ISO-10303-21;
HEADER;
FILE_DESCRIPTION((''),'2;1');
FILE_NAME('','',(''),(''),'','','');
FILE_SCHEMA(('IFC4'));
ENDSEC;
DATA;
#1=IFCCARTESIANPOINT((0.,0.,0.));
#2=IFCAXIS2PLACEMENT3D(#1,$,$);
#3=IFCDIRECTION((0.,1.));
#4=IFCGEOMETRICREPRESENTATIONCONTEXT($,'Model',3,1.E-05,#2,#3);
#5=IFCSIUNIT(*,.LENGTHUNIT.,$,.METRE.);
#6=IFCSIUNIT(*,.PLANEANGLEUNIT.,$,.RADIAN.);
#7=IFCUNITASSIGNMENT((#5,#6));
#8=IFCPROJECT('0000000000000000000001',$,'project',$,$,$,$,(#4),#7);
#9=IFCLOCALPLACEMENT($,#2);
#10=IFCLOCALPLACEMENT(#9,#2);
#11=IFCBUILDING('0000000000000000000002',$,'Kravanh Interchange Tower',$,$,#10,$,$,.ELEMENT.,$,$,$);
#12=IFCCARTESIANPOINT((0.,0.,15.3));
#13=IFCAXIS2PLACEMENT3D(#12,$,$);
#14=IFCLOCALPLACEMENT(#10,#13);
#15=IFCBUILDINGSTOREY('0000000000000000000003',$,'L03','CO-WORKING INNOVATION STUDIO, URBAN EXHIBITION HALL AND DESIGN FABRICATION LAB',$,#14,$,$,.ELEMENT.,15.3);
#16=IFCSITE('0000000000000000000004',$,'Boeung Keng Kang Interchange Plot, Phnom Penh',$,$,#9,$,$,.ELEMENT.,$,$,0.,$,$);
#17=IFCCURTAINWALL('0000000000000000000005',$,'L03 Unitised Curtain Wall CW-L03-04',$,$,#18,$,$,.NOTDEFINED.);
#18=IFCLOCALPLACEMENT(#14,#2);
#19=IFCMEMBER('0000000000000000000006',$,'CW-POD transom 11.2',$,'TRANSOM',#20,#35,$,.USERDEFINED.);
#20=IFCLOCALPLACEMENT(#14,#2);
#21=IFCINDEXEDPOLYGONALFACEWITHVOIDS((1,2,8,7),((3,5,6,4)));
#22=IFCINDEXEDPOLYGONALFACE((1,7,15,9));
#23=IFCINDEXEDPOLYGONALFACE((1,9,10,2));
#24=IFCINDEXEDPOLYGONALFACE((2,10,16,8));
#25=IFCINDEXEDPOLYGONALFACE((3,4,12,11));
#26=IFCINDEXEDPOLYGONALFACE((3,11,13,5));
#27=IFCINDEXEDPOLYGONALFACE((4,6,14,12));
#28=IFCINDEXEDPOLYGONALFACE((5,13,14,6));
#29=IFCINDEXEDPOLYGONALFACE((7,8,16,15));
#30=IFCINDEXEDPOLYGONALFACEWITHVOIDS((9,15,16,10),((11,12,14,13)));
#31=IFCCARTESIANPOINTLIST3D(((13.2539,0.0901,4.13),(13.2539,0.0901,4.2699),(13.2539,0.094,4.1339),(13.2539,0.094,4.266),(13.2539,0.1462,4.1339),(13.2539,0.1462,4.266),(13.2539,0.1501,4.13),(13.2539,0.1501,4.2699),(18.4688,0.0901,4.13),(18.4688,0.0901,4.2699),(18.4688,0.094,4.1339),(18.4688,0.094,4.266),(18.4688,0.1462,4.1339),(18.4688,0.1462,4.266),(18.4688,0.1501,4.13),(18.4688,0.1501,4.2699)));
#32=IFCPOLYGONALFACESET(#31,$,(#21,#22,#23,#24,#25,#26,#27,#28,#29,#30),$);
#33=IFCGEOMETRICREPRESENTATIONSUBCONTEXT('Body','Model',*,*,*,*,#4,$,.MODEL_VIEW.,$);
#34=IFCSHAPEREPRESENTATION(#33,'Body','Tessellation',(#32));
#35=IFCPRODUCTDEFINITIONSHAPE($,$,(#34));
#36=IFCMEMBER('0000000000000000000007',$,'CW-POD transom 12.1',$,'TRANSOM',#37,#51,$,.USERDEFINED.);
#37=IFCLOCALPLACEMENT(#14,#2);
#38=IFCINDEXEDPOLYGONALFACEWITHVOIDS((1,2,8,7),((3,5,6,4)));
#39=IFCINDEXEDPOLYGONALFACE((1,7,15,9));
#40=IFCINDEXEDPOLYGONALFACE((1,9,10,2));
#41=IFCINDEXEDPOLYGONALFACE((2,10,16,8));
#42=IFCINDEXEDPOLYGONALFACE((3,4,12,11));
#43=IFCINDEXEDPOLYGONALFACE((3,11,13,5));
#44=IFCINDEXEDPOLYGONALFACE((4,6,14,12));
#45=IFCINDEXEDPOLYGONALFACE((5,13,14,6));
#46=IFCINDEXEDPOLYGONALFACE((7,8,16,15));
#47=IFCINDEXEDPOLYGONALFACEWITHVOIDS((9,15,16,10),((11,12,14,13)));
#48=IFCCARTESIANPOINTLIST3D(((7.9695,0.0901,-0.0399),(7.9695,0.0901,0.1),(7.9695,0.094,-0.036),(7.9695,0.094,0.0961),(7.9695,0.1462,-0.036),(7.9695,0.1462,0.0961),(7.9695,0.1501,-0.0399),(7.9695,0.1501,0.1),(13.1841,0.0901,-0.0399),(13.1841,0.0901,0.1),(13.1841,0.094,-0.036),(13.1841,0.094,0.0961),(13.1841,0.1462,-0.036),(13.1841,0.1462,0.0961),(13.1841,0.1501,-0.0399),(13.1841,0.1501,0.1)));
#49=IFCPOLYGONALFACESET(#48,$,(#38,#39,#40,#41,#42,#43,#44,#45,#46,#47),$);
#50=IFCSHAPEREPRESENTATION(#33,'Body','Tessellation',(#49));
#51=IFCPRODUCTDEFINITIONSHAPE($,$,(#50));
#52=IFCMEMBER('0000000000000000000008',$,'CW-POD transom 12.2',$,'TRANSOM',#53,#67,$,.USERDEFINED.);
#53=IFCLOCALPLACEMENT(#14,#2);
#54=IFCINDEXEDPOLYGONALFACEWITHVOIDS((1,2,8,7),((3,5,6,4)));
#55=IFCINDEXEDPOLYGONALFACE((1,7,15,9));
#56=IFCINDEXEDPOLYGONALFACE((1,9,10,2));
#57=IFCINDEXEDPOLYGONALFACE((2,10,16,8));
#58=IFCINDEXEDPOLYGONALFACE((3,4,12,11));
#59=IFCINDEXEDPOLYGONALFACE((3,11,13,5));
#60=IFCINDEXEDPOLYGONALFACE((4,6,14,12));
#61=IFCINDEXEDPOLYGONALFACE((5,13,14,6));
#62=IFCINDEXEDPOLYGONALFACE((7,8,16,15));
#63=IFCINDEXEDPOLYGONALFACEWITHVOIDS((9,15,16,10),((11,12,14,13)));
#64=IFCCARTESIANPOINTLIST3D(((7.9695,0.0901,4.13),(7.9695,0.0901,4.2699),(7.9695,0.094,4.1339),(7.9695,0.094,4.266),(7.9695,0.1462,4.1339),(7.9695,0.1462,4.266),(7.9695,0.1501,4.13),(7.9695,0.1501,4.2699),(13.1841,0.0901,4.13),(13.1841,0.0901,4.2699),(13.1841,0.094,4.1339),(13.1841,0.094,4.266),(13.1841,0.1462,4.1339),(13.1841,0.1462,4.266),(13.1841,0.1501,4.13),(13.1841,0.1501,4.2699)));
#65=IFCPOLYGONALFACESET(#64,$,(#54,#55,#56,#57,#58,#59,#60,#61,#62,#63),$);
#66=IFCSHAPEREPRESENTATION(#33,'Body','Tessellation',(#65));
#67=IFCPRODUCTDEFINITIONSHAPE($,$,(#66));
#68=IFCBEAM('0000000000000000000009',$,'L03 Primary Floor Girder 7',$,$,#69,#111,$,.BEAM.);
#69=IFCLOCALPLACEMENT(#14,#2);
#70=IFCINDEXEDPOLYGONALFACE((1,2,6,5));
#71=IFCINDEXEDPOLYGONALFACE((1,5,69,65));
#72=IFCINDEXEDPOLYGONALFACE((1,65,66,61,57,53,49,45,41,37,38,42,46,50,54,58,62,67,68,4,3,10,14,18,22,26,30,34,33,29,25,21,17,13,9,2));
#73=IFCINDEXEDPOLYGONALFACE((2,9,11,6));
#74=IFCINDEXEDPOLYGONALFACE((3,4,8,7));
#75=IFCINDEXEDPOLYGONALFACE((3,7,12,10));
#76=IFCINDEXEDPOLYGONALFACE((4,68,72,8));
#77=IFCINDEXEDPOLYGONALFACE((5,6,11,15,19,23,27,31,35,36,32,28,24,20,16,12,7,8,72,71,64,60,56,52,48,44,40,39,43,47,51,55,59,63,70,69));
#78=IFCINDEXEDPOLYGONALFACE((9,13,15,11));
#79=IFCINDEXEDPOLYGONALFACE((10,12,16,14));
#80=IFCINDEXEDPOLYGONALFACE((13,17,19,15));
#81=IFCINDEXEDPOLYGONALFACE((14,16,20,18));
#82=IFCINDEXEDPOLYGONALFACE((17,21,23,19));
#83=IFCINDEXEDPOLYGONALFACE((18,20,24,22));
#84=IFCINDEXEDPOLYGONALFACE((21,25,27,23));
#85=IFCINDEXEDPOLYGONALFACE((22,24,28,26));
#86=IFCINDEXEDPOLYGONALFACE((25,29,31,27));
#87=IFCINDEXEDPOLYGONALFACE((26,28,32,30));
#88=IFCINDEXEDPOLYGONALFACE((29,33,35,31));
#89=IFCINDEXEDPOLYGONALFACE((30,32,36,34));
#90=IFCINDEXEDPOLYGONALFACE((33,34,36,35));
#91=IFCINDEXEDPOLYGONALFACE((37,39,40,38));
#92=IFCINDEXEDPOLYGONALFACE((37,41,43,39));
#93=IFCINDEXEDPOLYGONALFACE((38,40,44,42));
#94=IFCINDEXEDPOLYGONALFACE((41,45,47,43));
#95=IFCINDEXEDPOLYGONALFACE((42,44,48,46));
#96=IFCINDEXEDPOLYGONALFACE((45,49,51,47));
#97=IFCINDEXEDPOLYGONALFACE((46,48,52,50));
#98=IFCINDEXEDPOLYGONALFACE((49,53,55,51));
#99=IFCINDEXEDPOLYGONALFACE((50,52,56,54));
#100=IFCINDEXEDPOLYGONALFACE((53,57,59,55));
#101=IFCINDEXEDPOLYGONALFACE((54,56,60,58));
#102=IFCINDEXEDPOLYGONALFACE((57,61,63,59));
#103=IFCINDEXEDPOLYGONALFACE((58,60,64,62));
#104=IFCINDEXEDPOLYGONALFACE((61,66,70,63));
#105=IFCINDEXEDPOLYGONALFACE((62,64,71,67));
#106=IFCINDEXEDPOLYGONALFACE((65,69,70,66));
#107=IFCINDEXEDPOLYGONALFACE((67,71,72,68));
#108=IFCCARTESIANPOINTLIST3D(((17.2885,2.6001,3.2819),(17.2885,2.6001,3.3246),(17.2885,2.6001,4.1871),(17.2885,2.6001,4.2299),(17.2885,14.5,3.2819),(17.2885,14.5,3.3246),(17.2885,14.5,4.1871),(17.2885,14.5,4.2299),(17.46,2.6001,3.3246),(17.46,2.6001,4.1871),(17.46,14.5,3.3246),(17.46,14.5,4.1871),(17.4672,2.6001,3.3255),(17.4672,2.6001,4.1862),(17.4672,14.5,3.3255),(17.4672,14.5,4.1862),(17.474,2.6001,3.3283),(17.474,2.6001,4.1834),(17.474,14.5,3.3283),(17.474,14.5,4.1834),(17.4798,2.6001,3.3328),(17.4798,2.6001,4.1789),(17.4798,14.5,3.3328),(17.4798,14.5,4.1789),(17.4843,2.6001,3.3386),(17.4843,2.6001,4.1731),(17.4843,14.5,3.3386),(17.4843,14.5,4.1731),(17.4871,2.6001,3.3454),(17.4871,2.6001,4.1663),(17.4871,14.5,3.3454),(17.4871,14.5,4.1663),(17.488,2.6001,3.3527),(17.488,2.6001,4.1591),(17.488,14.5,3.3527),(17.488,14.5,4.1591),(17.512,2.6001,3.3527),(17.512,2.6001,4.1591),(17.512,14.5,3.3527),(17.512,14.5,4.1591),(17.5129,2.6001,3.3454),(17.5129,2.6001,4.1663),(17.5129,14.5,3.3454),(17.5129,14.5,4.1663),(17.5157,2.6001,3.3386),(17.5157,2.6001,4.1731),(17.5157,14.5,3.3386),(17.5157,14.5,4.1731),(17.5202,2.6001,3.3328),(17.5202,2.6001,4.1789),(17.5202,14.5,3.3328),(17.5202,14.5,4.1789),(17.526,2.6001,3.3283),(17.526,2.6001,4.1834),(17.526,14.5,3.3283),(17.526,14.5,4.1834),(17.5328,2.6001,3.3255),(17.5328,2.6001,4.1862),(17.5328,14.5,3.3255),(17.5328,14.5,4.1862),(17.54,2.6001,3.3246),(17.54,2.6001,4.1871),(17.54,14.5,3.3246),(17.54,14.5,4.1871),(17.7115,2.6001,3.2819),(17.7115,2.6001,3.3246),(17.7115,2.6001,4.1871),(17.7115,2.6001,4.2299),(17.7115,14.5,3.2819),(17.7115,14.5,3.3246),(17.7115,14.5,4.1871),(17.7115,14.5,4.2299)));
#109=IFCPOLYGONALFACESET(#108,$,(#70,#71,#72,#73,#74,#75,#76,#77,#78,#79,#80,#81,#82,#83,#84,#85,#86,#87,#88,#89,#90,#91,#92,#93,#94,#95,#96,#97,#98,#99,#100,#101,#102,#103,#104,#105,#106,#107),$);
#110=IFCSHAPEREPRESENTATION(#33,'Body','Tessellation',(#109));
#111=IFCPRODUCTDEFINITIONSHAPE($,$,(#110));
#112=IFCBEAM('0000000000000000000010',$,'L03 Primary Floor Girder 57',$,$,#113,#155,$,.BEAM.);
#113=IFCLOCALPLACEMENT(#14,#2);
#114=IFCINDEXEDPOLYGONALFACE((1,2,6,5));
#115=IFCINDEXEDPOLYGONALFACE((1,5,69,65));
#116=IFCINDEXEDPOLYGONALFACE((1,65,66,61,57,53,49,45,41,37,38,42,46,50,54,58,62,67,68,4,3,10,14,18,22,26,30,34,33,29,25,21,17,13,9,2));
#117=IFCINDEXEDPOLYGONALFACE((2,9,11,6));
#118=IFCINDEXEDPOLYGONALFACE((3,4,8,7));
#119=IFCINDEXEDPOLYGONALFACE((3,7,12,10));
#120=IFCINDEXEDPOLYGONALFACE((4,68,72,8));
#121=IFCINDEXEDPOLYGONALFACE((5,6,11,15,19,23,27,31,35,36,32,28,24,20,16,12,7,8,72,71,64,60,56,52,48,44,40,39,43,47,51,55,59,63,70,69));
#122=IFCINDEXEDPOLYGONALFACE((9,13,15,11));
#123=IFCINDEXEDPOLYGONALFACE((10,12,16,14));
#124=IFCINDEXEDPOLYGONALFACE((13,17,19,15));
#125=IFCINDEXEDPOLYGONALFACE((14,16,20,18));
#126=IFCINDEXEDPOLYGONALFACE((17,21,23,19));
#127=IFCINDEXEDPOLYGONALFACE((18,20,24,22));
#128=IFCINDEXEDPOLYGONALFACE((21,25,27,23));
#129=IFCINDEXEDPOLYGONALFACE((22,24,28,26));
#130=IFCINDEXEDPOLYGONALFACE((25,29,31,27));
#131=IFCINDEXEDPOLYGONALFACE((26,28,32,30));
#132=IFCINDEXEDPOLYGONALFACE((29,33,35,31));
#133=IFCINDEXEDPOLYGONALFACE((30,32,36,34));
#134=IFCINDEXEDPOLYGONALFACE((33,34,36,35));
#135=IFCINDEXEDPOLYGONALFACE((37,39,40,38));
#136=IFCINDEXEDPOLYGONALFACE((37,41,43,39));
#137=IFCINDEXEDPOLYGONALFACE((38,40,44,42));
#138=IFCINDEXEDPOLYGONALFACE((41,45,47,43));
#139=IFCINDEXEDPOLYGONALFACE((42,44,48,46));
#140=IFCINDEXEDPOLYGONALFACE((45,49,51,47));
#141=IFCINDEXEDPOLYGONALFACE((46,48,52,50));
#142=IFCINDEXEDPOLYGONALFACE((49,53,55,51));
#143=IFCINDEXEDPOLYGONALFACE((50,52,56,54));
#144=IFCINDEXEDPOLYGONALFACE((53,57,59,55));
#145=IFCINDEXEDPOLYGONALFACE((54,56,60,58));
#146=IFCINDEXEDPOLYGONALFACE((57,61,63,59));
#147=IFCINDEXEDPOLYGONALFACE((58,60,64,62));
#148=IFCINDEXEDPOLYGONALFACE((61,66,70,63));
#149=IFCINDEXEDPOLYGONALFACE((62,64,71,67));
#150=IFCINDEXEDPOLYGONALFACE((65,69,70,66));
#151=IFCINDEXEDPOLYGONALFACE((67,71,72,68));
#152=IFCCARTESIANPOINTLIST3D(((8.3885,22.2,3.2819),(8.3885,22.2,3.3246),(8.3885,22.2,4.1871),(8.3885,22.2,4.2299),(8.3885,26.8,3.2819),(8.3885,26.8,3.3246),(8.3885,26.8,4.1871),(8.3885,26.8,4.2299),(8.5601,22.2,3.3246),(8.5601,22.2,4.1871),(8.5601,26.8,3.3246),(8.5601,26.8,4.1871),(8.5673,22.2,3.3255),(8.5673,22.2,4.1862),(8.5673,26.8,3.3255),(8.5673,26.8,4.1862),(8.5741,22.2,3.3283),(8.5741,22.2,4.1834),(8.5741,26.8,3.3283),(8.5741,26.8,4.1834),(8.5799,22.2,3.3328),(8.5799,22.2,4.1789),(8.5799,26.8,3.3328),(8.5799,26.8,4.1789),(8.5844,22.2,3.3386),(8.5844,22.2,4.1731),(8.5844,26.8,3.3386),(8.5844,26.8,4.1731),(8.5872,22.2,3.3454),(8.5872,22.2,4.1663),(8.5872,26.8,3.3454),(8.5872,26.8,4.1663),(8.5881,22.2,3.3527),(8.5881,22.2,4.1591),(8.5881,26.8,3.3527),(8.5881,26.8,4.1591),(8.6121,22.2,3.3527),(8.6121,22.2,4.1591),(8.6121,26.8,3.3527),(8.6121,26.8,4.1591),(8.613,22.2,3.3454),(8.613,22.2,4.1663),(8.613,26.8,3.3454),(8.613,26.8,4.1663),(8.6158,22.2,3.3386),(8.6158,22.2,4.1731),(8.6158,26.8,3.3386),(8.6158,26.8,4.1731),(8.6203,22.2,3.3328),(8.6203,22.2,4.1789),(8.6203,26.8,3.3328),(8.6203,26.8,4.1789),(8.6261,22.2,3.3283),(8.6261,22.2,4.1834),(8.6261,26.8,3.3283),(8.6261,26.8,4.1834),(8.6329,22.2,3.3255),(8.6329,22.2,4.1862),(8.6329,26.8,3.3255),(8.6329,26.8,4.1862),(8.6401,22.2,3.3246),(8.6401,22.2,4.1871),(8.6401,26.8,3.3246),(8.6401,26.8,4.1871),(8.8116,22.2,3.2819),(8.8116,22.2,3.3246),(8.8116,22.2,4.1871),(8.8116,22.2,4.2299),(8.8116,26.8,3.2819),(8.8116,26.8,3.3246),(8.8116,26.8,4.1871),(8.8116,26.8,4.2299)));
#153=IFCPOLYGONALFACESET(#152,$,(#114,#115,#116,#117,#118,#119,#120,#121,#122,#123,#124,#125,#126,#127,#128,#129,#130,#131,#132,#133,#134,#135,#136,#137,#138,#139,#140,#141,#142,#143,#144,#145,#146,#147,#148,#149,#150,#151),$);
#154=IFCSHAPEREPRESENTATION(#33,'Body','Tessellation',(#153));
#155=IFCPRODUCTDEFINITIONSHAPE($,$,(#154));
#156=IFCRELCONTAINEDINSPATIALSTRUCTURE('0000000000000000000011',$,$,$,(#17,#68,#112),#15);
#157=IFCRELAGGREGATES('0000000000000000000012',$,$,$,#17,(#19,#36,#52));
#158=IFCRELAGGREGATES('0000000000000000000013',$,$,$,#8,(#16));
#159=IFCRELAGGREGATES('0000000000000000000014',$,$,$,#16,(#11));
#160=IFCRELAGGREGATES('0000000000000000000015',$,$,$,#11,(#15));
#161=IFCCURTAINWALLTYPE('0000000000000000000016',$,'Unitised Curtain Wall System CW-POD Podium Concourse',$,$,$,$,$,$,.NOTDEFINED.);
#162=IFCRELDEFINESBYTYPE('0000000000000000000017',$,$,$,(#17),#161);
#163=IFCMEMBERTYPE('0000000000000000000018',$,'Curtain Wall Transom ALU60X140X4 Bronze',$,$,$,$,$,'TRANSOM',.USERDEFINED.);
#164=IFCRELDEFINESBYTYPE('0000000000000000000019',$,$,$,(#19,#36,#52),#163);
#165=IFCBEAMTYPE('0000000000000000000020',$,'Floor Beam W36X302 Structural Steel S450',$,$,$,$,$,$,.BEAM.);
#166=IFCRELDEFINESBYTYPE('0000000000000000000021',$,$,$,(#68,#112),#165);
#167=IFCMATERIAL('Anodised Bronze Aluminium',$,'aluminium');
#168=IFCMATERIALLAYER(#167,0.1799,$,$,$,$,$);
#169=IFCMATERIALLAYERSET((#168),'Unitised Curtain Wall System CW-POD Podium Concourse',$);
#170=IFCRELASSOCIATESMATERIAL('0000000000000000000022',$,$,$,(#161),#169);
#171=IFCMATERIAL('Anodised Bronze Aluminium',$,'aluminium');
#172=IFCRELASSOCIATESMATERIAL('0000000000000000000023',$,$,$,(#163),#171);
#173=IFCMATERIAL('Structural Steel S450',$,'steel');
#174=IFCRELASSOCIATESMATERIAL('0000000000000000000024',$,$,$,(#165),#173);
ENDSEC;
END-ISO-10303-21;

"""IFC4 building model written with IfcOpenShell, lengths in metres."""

from ifc_helpers import new_model, si_unit, direction, frame, origin, origin_2d, place, context, subcontext, project, spatial, hollow_rectangle, i_section, extrude, material, layer, layer_set, material_profile, profile_set, type_object, element, aggregate, save


model = new_model("IFC4")

# Units and contexts
model_context = context("Model", 3, precision=1e-05, world=origin(), true_north=direction((0.0, 1.0)))
body_context = subcontext(model_context, "Body", "Model", "MODEL_VIEW")
ifc_project = project(units=[si_unit("LENGTHUNIT", "METRE"), si_unit("PLANEANGLEUNIT", "RADIAN")], contexts=[model_context])

# Site, building, storey
site_placement = place(None, origin())
site = spatial("IfcSite", under=ifc_project, at=site_placement, Name="Boeung Keng Kang Interchange Plot, Phnom Penh", CompositionType="ELEMENT", RefElevation=0.0)
building_placement = place(site_placement, origin())
building = spatial("IfcBuilding", under=site, at=building_placement, Name="Kravanh Interchange Tower", CompositionType="ELEMENT")
storey_placement = place(building_placement, frame((0.0, 0.0, 15.3)))
storey = spatial("IfcBuildingStorey", under=building, at=storey_placement, Name="L03", Description="CO-WORKING INNOVATION STUDIO, URBAN EXHIBITION HALL AND DESIGN FABRICATION LAB", CompositionType="ELEMENT", Elevation=15.3)

# Curtain wall, members
ifc_material_1 = material(Name="Anodised Bronze Aluminium", Category="aluminium")
ifc_layer_1 = layer(ifc_material_1, 0.1799)
ifc_layer_set_1 = layer_set([ifc_layer_1], Name="Unitised Curtain Wall System CW-POD Podium Concourse")
curtain_wall_type = type_object("IfcCurtainWallType", Name="Unitised Curtain Wall System CW-POD Podium Concourse", PredefinedType="NOTDEFINED", material=ifc_layer_set_1)
curtain_wall_placement = place(storey_placement, origin())
curtain_wall = element("IfcCurtainWall", 1, at=curtain_wall_placement, inside=storey, type_object=curtain_wall_type, Name="L03 Unitised Curtain Wall CW-L03-04", PredefinedType="NOTDEFINED")
ifc_material_2 = material(Name="Anodised Bronze Aluminium", Category="aluminium")
ifc_material_profile_1 = material_profile(ifc_material_2, hollow_rectangle(XDim=0.0601, YDim=0.1399, WallThickness=0.0039, at=origin_2d()), Name="ALU60X140X4")
ifc_profile_set_1 = profile_set([ifc_material_profile_1], Name="Anodised Bronze Aluminium")
member_type_1 = type_object("IfcMemberType", Name="Curtain Wall Transom ALU60X140X4 Bronze", ElementType="TRANSOM", PredefinedType="USERDEFINED", material=ifc_profile_set_1)
member_1_placement = place(storey_placement, frame((18.4688, 0.1201, 4.2), z_axis=(-1.0, 0.0, 0.0), x_axis=(0.0, -1.0, 0.0)))
member_1 = element("IfcMember", 2, at=member_1_placement, type_object=member_type_1, Name="CW-POD transom 11.2", ObjectType="TRANSOM", PredefinedType="USERDEFINED", context=body_context, shape_type="SweptSolid", body=[
    extrude(hollow_rectangle(XDim=0.0601, YDim=0.1399, WallThickness=0.0039, at=origin_2d()), origin(), (0.0, 0.0, 1.0), 5.2148),
])
member_2_placement = place(storey_placement, frame((13.1841, 0.1201, 0.03), z_axis=(-1.0, 0.0, 0.0), x_axis=(0.0, -1.0, 0.0)))
member_2 = element("IfcMember", 3, at=member_2_placement, type_object=member_type_1, Name="CW-POD transom 12.1", ObjectType="TRANSOM", PredefinedType="USERDEFINED", context=body_context, shape_type="SweptSolid", body=[
    extrude(hollow_rectangle(XDim=0.0601, YDim=0.1399, WallThickness=0.0039, at=origin_2d()), origin(), (0.0, 0.0, 1.0), 5.2146),
])
member_3_placement = place(storey_placement, frame((13.1841, 0.1201, 4.2), z_axis=(-1.0, 0.0, 0.0), x_axis=(0.0, -1.0, 0.0)))
member_3 = element("IfcMember", 4, at=member_3_placement, type_object=member_type_1, Name="CW-POD transom 12.2", ObjectType="TRANSOM", PredefinedType="USERDEFINED", context=body_context, shape_type="SweptSolid", body=[
    extrude(hollow_rectangle(XDim=0.0601, YDim=0.1399, WallThickness=0.0039, at=origin_2d()), origin(), (0.0, 0.0, 1.0), 5.2146),
])

# Beams
ifc_material_3 = material(Name="Structural Steel S450", Category="steel")
ifc_material_profile_2 = material_profile(ifc_material_3, i_section(OverallWidth=0.4231, OverallDepth=0.948, WebThickness=0.0239, FlangeThickness=0.0427, FilletRadius=0.0281, at=origin_2d()), Name="W36X302")
ifc_profile_set_2 = profile_set([ifc_material_profile_2], Name="Structural Steel S450")
beam_type_1 = type_object("IfcBeamType", Name="Floor Beam W36X302 Structural Steel S450", PredefinedType="BEAM", material=ifc_profile_set_2)
beam_1_placement = place(storey_placement, frame((17.5, 2.6001, 3.7559), z_axis=(0.0, 1.0, 0.0), x_axis=(-1.0, 0.0, 0.0)))
element("IfcBeam", 5, at=beam_1_placement, inside=storey, type_object=beam_type_1, Name="L03 Primary Floor Girder 7", PredefinedType="BEAM", context=body_context, shape_type="SweptSolid", body=[
    extrude(i_section(OverallWidth=0.4231, OverallDepth=0.948, WebThickness=0.0239, FlangeThickness=0.0427, FilletRadius=0.0281, at=origin_2d()), origin(), (0.0, 0.0, 1.0), 11.8999),
])
beam_2_placement = place(storey_placement, frame((8.6001, 22.2, 3.7559), z_axis=(0.0, 1.0, 0.0), x_axis=(-1.0, 0.0, 0.0)))
element("IfcBeam", 6, at=beam_2_placement, inside=storey, type_object=beam_type_1, Name="L03 Primary Floor Girder 57", PredefinedType="BEAM", context=body_context, shape_type="SweptSolid", body=[
    extrude(i_section(OverallWidth=0.4231, OverallDepth=0.948, WebThickness=0.0239, FlangeThickness=0.0427, FilletRadius=0.0281, at=origin_2d()), origin(), (0.0, 0.0, 1.0), 4.6001),
])

aggregate(curtain_wall, [member_1, member_2, member_3])

save(model, "model.ifc")
